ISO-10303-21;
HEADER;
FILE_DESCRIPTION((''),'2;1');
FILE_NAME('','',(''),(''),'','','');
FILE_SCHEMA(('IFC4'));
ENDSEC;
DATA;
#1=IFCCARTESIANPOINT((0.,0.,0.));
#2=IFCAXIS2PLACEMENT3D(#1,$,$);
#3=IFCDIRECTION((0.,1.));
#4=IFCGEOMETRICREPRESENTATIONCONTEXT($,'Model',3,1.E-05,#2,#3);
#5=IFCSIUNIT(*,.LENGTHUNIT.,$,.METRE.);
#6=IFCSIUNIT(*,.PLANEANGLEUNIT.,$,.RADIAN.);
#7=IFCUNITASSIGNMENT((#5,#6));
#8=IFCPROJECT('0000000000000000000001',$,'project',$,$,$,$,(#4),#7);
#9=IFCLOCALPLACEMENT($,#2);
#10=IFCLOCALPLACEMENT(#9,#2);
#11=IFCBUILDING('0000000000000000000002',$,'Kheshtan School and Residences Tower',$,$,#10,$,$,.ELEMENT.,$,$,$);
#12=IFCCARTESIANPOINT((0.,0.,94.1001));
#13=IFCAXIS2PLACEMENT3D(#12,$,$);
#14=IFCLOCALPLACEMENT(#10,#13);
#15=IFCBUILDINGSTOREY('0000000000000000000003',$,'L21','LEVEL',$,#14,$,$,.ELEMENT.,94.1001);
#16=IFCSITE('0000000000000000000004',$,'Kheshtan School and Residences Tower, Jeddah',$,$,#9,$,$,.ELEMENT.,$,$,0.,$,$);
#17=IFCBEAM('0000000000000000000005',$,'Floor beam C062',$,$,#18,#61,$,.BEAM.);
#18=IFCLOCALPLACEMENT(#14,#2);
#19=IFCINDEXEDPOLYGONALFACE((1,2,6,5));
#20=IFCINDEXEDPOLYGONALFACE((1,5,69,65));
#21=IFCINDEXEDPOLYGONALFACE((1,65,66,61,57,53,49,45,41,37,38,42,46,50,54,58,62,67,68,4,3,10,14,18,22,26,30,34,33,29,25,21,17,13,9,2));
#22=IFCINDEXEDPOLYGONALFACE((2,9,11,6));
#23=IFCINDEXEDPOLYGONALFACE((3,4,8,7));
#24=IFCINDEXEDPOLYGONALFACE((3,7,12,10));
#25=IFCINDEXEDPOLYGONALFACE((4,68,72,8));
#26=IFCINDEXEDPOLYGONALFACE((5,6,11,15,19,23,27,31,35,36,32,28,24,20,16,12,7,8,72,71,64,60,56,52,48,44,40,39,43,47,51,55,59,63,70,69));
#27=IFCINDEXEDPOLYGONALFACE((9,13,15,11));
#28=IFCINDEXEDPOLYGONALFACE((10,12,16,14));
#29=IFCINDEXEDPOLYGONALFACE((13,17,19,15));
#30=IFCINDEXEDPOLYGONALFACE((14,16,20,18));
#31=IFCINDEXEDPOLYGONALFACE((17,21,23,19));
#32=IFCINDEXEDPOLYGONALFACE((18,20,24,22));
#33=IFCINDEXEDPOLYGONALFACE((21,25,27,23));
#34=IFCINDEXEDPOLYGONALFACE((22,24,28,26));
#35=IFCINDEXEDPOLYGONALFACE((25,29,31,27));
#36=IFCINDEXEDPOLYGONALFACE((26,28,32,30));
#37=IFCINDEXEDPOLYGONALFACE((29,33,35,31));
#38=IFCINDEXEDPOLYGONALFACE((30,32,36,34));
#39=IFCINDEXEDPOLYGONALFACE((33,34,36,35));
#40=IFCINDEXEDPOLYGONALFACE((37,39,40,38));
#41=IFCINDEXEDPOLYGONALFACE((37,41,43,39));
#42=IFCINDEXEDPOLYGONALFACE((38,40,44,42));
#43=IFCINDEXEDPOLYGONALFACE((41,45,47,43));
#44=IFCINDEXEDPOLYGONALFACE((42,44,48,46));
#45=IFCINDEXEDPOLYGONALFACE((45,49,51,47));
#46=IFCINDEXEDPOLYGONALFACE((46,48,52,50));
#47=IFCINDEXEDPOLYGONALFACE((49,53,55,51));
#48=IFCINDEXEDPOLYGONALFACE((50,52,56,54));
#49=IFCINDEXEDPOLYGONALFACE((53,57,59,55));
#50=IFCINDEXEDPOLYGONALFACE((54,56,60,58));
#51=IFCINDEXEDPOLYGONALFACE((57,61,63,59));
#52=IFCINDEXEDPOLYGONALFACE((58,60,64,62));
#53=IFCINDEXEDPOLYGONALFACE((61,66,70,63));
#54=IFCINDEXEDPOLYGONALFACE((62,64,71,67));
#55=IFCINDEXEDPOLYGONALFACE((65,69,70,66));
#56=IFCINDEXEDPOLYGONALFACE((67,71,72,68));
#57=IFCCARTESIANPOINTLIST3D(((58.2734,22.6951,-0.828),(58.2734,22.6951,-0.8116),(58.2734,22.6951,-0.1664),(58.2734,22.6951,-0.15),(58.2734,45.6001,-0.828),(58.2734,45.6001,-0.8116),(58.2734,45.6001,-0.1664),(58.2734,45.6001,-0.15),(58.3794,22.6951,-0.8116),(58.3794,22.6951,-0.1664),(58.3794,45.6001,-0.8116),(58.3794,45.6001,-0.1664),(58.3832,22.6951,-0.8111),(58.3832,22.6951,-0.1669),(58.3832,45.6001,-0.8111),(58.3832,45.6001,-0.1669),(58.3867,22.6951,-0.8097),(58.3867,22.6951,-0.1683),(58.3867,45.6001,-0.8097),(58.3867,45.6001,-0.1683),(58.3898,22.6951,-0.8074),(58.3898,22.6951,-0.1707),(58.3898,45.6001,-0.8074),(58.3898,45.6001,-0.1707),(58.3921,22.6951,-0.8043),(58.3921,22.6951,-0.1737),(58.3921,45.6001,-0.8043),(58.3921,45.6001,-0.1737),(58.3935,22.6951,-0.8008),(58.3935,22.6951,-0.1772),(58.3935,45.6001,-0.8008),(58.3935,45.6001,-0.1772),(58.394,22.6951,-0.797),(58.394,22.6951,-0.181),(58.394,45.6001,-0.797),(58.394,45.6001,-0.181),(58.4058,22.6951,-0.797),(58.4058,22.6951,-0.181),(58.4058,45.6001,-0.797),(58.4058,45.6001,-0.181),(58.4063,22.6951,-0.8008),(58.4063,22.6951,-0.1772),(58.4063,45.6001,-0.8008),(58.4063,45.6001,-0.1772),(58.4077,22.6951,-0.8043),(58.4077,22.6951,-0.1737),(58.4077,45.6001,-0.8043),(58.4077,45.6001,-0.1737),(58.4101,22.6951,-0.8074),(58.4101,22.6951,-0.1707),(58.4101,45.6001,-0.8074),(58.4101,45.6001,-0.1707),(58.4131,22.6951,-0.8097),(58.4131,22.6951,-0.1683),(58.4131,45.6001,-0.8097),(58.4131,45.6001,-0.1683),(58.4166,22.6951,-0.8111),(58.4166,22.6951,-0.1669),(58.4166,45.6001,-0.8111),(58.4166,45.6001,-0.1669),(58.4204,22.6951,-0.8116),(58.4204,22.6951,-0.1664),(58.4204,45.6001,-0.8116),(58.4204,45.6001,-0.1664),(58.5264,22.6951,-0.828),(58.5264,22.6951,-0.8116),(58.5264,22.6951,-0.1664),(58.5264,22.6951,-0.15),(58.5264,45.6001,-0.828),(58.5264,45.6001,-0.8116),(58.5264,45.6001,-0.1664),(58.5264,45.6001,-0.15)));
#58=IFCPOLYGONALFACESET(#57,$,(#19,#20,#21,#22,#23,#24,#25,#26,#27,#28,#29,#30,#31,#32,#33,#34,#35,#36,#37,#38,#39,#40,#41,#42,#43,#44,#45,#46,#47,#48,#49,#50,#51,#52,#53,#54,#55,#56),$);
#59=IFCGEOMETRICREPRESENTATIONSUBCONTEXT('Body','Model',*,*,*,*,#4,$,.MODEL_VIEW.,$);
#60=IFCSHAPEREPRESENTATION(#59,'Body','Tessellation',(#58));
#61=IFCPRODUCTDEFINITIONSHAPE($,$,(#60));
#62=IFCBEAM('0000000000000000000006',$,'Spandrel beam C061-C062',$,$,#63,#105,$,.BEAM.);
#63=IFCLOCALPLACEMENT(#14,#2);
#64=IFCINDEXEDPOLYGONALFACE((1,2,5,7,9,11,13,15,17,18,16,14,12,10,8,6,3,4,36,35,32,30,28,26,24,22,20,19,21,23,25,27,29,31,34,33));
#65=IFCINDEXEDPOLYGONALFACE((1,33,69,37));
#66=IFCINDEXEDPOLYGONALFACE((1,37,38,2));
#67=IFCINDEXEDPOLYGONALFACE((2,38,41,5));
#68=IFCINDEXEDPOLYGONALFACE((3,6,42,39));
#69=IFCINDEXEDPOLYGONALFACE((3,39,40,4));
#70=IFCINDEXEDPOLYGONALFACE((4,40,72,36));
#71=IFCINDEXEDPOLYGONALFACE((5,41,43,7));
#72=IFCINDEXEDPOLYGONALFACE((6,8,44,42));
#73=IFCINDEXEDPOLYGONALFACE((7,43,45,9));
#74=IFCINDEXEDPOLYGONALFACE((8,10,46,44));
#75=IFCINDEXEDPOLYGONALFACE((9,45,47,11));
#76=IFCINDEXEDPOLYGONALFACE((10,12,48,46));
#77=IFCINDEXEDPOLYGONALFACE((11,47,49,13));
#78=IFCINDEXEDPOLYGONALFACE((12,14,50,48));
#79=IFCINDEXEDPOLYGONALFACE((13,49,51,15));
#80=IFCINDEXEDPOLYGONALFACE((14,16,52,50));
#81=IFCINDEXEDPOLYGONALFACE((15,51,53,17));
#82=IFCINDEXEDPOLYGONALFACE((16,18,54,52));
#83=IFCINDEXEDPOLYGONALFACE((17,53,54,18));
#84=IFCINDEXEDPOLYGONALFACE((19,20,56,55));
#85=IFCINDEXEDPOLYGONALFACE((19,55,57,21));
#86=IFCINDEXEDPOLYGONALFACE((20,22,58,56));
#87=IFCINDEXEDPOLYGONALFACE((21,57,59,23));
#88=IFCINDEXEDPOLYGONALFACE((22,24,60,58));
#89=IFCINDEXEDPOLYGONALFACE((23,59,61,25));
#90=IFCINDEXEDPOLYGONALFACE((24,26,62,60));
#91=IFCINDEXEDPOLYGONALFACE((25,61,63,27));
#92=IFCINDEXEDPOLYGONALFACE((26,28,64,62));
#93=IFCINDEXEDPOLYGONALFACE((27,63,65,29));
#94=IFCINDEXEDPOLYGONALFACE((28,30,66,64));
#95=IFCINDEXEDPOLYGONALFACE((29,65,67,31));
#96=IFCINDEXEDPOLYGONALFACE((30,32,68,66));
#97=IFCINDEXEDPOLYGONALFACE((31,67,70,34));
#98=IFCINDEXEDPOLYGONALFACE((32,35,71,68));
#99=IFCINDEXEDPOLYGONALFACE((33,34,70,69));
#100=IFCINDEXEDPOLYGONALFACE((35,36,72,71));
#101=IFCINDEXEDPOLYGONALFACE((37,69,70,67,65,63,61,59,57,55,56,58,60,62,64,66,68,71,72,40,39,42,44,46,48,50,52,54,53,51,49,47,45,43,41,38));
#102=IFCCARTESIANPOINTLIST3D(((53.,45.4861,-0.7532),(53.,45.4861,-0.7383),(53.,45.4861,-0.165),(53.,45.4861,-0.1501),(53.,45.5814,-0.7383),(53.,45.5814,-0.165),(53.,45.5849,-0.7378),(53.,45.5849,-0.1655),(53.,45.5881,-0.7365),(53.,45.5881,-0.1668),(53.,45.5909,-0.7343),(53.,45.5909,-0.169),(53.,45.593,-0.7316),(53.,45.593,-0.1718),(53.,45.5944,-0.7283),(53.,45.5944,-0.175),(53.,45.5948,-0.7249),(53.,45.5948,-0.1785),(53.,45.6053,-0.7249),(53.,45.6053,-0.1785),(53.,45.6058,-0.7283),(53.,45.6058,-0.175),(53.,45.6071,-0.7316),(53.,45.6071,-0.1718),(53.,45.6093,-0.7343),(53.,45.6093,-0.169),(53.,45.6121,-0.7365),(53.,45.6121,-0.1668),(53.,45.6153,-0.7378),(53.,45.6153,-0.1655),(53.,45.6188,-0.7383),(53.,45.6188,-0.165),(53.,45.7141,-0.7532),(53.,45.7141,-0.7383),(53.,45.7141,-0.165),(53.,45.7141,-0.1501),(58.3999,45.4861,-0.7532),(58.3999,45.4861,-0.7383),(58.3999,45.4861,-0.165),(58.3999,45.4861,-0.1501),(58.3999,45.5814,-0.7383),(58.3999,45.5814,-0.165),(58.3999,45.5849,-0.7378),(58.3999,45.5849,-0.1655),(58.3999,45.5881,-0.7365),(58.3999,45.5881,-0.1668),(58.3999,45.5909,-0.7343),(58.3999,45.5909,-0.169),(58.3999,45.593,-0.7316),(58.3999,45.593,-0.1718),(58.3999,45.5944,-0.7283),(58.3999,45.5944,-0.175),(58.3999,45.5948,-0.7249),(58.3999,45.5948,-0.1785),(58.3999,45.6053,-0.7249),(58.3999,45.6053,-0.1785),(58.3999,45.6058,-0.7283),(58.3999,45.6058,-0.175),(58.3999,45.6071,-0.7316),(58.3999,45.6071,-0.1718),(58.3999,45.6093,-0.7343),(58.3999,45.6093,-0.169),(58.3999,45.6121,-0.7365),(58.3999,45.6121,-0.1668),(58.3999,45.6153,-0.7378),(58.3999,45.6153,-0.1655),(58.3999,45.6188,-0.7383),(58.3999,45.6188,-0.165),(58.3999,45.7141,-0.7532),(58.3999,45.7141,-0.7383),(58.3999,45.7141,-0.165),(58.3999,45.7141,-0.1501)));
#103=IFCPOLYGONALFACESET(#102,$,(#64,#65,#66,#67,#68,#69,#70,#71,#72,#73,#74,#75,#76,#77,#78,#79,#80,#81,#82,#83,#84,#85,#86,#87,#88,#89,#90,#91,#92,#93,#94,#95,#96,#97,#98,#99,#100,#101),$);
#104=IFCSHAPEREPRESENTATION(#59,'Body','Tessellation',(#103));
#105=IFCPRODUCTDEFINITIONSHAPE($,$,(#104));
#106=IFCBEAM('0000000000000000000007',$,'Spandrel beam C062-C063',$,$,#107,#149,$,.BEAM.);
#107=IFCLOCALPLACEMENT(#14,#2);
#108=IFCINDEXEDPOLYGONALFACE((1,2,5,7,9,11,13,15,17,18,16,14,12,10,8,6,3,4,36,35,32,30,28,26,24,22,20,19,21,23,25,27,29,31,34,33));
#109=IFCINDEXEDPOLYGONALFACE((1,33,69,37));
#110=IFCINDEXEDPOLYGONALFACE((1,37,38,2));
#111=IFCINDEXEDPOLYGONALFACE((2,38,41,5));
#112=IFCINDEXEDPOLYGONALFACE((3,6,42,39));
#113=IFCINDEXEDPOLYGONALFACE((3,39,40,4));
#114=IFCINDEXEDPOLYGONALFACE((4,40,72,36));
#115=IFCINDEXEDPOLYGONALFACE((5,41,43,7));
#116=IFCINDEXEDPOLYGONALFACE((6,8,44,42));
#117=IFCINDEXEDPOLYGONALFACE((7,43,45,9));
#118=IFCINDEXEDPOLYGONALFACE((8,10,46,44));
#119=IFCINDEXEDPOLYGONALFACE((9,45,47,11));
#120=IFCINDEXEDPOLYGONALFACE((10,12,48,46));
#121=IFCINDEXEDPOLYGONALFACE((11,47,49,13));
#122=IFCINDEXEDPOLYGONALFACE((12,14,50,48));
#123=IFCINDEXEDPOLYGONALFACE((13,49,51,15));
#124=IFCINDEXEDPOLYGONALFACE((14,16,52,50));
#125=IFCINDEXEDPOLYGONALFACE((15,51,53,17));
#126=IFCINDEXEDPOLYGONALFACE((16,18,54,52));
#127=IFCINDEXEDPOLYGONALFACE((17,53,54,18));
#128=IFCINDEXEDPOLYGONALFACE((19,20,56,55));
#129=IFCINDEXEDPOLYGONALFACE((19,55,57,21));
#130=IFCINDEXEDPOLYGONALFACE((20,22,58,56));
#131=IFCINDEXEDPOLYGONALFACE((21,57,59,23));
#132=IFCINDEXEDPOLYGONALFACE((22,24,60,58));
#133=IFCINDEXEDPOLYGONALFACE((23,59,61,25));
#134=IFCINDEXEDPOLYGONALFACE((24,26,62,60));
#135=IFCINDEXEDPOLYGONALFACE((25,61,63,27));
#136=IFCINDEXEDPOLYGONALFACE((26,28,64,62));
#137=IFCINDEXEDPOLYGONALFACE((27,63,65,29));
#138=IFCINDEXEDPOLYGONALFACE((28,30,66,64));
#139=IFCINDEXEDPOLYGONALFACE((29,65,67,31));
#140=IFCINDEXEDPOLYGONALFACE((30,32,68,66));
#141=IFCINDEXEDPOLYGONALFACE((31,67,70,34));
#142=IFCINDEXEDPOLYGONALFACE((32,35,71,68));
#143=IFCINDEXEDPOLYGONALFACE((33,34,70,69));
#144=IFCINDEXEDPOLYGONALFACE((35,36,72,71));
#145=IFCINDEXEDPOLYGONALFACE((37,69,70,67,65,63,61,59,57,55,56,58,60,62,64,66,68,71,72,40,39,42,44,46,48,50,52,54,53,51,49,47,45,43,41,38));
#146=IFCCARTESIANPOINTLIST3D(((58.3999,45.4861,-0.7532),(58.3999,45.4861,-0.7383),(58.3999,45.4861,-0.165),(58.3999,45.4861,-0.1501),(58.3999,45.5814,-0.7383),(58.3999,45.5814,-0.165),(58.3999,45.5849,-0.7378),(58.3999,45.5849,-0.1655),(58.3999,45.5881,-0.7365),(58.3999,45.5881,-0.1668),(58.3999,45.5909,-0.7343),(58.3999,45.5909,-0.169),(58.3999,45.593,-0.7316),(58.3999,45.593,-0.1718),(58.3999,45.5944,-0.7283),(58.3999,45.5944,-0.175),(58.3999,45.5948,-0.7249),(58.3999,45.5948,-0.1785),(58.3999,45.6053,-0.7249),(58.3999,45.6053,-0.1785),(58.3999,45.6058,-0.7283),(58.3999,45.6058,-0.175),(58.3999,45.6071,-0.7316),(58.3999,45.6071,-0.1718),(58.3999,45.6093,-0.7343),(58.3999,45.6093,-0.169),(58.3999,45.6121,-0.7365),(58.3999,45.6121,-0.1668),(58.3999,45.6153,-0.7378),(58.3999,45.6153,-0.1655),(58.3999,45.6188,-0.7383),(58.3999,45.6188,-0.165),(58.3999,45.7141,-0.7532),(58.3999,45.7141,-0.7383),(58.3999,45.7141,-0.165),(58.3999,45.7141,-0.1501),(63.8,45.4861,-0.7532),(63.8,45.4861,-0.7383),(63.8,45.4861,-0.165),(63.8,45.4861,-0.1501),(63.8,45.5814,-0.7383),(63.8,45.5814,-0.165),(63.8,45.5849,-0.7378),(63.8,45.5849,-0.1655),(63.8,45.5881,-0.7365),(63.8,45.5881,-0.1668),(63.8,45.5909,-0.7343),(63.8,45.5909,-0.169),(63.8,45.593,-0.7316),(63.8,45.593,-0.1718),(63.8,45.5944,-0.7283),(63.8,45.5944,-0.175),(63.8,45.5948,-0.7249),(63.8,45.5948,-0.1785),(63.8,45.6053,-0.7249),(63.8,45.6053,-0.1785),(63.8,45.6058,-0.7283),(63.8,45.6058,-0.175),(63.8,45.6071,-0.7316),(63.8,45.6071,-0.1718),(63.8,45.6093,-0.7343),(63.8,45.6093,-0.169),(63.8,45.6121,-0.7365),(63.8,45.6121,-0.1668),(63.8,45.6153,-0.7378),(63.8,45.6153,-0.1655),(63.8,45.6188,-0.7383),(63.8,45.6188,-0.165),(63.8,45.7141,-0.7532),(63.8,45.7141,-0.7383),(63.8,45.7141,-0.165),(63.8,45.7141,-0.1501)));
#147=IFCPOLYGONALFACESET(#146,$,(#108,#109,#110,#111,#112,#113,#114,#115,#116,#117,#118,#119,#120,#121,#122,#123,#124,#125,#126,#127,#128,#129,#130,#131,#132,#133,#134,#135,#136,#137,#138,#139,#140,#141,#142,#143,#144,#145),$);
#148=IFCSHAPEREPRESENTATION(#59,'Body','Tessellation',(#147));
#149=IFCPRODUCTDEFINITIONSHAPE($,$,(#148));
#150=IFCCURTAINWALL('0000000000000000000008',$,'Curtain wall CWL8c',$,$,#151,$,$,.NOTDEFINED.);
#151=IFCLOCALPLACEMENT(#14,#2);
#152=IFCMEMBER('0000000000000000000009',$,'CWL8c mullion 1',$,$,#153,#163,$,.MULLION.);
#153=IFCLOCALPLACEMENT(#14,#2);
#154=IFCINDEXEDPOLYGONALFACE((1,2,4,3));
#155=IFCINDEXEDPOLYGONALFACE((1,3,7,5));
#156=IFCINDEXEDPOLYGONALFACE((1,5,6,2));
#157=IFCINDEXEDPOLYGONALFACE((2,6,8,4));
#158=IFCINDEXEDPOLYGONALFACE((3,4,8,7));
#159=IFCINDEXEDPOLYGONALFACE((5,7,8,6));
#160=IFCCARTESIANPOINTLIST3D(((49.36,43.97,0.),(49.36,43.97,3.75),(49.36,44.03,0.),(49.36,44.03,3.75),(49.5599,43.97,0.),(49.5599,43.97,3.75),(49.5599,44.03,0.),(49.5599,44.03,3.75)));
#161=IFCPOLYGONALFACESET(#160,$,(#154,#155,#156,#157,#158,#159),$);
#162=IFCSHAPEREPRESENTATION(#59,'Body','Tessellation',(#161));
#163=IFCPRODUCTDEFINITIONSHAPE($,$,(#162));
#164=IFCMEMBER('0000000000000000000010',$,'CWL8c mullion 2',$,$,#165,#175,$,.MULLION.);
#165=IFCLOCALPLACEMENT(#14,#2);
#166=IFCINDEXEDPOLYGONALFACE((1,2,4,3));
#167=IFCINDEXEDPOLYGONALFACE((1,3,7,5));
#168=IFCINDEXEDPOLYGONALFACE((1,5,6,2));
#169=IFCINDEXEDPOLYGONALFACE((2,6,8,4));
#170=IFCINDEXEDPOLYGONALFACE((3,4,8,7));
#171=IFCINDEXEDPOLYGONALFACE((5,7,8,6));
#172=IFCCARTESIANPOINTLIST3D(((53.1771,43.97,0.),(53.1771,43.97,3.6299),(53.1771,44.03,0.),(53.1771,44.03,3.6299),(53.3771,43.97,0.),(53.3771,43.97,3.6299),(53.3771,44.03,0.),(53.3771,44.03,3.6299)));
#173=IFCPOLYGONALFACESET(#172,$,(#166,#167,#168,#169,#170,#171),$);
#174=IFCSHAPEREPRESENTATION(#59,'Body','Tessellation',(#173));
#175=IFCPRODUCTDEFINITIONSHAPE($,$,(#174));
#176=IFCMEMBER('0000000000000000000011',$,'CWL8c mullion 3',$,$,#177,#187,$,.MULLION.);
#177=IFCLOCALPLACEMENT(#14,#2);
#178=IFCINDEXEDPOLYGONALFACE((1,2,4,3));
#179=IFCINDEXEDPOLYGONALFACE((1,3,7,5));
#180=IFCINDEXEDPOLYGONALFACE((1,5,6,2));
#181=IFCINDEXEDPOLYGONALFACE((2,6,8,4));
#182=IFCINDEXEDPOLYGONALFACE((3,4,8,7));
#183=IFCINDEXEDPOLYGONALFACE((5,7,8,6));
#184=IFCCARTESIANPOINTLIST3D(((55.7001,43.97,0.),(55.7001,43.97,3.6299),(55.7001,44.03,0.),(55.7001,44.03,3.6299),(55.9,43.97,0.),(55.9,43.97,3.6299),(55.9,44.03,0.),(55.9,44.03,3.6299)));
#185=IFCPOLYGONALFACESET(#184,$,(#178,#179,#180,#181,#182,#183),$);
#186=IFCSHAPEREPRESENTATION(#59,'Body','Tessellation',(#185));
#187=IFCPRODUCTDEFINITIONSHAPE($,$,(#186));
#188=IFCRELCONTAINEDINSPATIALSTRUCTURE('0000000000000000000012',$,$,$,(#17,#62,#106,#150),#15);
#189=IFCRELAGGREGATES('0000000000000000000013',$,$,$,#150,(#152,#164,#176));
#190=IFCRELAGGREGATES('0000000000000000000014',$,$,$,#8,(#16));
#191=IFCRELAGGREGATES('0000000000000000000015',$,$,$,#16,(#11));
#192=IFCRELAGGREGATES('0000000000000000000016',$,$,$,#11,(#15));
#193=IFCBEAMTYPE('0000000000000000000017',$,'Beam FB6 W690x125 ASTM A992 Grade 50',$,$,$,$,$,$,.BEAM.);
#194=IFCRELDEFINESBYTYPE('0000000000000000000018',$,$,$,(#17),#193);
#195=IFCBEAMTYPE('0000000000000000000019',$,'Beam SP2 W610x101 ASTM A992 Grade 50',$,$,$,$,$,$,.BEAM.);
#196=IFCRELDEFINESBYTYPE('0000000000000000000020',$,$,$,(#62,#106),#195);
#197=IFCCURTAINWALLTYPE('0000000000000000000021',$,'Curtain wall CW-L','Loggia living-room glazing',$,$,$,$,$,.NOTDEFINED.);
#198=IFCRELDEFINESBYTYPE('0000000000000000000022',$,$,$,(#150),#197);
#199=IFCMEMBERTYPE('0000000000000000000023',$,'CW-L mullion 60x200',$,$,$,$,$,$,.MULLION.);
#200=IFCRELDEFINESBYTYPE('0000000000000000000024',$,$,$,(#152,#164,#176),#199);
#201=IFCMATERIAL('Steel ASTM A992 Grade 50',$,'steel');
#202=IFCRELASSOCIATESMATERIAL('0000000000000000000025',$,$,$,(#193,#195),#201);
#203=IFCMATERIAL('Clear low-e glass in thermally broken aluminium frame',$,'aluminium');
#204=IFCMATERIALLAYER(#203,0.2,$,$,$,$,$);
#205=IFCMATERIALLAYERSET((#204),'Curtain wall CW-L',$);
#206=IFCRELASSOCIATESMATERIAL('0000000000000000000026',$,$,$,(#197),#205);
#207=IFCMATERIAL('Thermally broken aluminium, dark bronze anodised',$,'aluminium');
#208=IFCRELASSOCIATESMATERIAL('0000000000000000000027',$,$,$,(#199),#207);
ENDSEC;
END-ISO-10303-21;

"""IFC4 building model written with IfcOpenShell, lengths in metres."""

from ifc_helpers import new_model, si_unit, direction, frame, origin, origin_2d, place, context, subcontext, project, spatial, rectangle, i_section, extrude, material, layer, layer_set, material_profile, profile_set, type_object, element, aggregate, save


model = new_model("IFC4")

# Units and contexts
model_context = context("Model", 3, precision=1e-05, world=origin(), true_north=direction((0.0, 1.0)))
body_context = subcontext(model_context, "Body", "Model", "MODEL_VIEW")
ifc_project = project(units=[si_unit("LENGTHUNIT", "METRE"), si_unit("PLANEANGLEUNIT", "RADIAN")], contexts=[model_context])

# Site, building, storey
site_placement = place(None, origin())
site = spatial("IfcSite", under=ifc_project, at=site_placement, Name="Kheshtan School and Residences Tower, Jeddah", CompositionType="ELEMENT", RefElevation=0.0)
building_placement = place(site_placement, origin())
building = spatial("IfcBuilding", under=site, at=building_placement, Name="Kheshtan School and Residences Tower", CompositionType="ELEMENT")
storey_placement = place(building_placement, frame((0.0, 0.0, 94.1001)))
storey = spatial("IfcBuildingStorey", under=building, at=storey_placement, Name="L21", Description="LEVEL", CompositionType="ELEMENT", Elevation=94.1001)

# Shared definitions
ifc_material_1 = material(Name="Steel ASTM A992 Grade 50", Category="steel")

# Beams
ifc_material_profile_1 = material_profile(ifc_material_1, i_section(OverallWidth=0.2529, OverallDepth=0.678, WebThickness=0.0117, FlangeThickness=0.0164, FilletRadius=0.0146, at=origin_2d()), Name="W690x125")
ifc_profile_set_1 = profile_set([ifc_material_profile_1], Name="Steel ASTM A992 Grade 50")
beam_type_1 = type_object("IfcBeamType", Name="Beam FB6 W690x125 ASTM A992 Grade 50", PredefinedType="BEAM", material=ifc_profile_set_1)
beam_1_placement = place(storey_placement, frame((58.3999, 45.6001, -0.489), z_axis=(0.0, -1.0, 0.0), x_axis=(1.0, 0.0, 0.0)))
element("IfcBeam", 1, at=beam_1_placement, inside=storey, type_object=beam_type_1, Name="Floor beam C062", PredefinedType="BEAM", context=body_context, shape_type="SweptSolid", body=[
    extrude(i_section(OverallWidth=0.2529, OverallDepth=0.678, WebThickness=0.0117, FlangeThickness=0.0164, FilletRadius=0.0146, at=origin_2d()), origin(), (0.0, 0.0, 1.0), 22.905),
])
ifc_material_profile_2 = material_profile(ifc_material_1, i_section(OverallWidth=0.228, OverallDepth=0.603, WebThickness=0.0105, FlangeThickness=0.0149, FilletRadius=0.0134, at=origin_2d()), Name="W610x101")
ifc_profile_set_2 = profile_set([ifc_material_profile_2], Name="Steel ASTM A992 Grade 50")
beam_type_2 = type_object("IfcBeamType", Name="Beam SP2 W610x101 ASTM A992 Grade 50", PredefinedType="BEAM", material=ifc_profile_set_2)
beam_2_placement = place(storey_placement, frame((53.0, 45.6001, -0.4517), z_axis=(1.0, 0.0, 0.0), x_axis=(0.0, 1.0, 0.0)))
element("IfcBeam", 2, at=beam_2_placement, inside=storey, type_object=beam_type_2, Name="Spandrel beam C061-C062", PredefinedType="BEAM", context=body_context, shape_type="SweptSolid", body=[
    extrude(i_section(OverallWidth=0.228, OverallDepth=0.603, WebThickness=0.0105, FlangeThickness=0.0149, FilletRadius=0.0134, at=origin_2d()), origin(), (0.0, 0.0, 1.0), 5.3999),
])
beam_3_placement = place(storey_placement, frame((58.3999, 45.6001, -0.4517), z_axis=(1.0, 0.0, 0.0), x_axis=(0.0, 1.0, 0.0)))
element("IfcBeam", 3, at=beam_3_placement, inside=storey, type_object=beam_type_2, Name="Spandrel beam C062-C063", PredefinedType="BEAM", context=body_context, shape_type="SweptSolid", body=[
    extrude(i_section(OverallWidth=0.228, OverallDepth=0.603, WebThickness=0.0105, FlangeThickness=0.0149, FilletRadius=0.0134, at=origin_2d()), origin(), (0.0, 0.0, 1.0), 5.4001),
])

# Curtain wall, members
ifc_material_2 = material(Name="Clear low-e glass in thermally broken aluminium frame", Category="aluminium")
ifc_layer_1 = layer(ifc_material_2, 0.2)
ifc_layer_set_1 = layer_set([ifc_layer_1], Name="Curtain wall CW-L")
curtain_wall_type = type_object("IfcCurtainWallType", Name="Curtain wall CW-L", Description="Loggia living-room glazing", PredefinedType="NOTDEFINED", material=ifc_layer_set_1)
curtain_wall_1_placement = place(storey_placement, origin())
curtain_wall_1 = element("IfcCurtainWall", 4, at=curtain_wall_1_placement, inside=storey, type_object=curtain_wall_type, Name="Curtain wall CWL8c", PredefinedType="NOTDEFINED")
ifc_material_3 = material(Name="Thermally broken aluminium, dark bronze anodised", Category="aluminium")
ifc_material_profile_3 = material_profile(ifc_material_3, rectangle(XDim=0.0601, YDim=0.2, at=origin_2d()), Name="CW-L mullion 60x200")
ifc_profile_set_3 = profile_set([ifc_material_profile_3], Name="Thermally broken aluminium, dark bronze anodised")
member_type_1 = type_object("IfcMemberType", Name="CW-L mullion 60x200", PredefinedType="MULLION", material=ifc_profile_set_3)
member_1_placement = place(storey_placement, frame((49.46, 44.0, 0.0), z_axis=(0.0, 0.0, 1.0), x_axis=(0.0, 1.0, 0.0)))
member_1 = element("IfcMember", 5, at=member_1_placement, type_object=member_type_1, Name="CWL8c mullion 1", PredefinedType="MULLION", context=body_context, shape_type="SweptSolid", body=[
    extrude(rectangle(XDim=0.0601, YDim=0.2, at=origin_2d()), origin(), (0.0, 0.0, 1.0), 3.75),
])
member_2_placement = place(storey_placement, frame((53.2771, 44.0, 0.0), z_axis=(0.0, 0.0, 1.0), x_axis=(0.0, 1.0, 0.0)))
member_2 = element("IfcMember", 6, at=member_2_placement, type_object=member_type_1, Name="CWL8c mullion 2", PredefinedType="MULLION", context=body_context, shape_type="SweptSolid", body=[
    extrude(rectangle(XDim=0.0601, YDim=0.2, at=origin_2d()), origin(), (0.0, 0.0, 1.0), 3.6299),
])
member_3_placement = place(storey_placement, frame((55.8, 44.0, 0.0), z_axis=(0.0, 0.0, 1.0), x_axis=(0.0, 1.0, 0.0)))
member_3 = element("IfcMember", 7, at=member_3_placement, type_object=member_type_1, Name="CWL8c mullion 3", PredefinedType="MULLION", context=body_context, shape_type="SweptSolid", body=[
    extrude(rectangle(XDim=0.0601, YDim=0.2, at=origin_2d()), origin(), (0.0, 0.0, 1.0), 3.6299),
])

aggregate(curtain_wall_1, [member_1, member_2, member_3])

save(model, "model.ifc")
